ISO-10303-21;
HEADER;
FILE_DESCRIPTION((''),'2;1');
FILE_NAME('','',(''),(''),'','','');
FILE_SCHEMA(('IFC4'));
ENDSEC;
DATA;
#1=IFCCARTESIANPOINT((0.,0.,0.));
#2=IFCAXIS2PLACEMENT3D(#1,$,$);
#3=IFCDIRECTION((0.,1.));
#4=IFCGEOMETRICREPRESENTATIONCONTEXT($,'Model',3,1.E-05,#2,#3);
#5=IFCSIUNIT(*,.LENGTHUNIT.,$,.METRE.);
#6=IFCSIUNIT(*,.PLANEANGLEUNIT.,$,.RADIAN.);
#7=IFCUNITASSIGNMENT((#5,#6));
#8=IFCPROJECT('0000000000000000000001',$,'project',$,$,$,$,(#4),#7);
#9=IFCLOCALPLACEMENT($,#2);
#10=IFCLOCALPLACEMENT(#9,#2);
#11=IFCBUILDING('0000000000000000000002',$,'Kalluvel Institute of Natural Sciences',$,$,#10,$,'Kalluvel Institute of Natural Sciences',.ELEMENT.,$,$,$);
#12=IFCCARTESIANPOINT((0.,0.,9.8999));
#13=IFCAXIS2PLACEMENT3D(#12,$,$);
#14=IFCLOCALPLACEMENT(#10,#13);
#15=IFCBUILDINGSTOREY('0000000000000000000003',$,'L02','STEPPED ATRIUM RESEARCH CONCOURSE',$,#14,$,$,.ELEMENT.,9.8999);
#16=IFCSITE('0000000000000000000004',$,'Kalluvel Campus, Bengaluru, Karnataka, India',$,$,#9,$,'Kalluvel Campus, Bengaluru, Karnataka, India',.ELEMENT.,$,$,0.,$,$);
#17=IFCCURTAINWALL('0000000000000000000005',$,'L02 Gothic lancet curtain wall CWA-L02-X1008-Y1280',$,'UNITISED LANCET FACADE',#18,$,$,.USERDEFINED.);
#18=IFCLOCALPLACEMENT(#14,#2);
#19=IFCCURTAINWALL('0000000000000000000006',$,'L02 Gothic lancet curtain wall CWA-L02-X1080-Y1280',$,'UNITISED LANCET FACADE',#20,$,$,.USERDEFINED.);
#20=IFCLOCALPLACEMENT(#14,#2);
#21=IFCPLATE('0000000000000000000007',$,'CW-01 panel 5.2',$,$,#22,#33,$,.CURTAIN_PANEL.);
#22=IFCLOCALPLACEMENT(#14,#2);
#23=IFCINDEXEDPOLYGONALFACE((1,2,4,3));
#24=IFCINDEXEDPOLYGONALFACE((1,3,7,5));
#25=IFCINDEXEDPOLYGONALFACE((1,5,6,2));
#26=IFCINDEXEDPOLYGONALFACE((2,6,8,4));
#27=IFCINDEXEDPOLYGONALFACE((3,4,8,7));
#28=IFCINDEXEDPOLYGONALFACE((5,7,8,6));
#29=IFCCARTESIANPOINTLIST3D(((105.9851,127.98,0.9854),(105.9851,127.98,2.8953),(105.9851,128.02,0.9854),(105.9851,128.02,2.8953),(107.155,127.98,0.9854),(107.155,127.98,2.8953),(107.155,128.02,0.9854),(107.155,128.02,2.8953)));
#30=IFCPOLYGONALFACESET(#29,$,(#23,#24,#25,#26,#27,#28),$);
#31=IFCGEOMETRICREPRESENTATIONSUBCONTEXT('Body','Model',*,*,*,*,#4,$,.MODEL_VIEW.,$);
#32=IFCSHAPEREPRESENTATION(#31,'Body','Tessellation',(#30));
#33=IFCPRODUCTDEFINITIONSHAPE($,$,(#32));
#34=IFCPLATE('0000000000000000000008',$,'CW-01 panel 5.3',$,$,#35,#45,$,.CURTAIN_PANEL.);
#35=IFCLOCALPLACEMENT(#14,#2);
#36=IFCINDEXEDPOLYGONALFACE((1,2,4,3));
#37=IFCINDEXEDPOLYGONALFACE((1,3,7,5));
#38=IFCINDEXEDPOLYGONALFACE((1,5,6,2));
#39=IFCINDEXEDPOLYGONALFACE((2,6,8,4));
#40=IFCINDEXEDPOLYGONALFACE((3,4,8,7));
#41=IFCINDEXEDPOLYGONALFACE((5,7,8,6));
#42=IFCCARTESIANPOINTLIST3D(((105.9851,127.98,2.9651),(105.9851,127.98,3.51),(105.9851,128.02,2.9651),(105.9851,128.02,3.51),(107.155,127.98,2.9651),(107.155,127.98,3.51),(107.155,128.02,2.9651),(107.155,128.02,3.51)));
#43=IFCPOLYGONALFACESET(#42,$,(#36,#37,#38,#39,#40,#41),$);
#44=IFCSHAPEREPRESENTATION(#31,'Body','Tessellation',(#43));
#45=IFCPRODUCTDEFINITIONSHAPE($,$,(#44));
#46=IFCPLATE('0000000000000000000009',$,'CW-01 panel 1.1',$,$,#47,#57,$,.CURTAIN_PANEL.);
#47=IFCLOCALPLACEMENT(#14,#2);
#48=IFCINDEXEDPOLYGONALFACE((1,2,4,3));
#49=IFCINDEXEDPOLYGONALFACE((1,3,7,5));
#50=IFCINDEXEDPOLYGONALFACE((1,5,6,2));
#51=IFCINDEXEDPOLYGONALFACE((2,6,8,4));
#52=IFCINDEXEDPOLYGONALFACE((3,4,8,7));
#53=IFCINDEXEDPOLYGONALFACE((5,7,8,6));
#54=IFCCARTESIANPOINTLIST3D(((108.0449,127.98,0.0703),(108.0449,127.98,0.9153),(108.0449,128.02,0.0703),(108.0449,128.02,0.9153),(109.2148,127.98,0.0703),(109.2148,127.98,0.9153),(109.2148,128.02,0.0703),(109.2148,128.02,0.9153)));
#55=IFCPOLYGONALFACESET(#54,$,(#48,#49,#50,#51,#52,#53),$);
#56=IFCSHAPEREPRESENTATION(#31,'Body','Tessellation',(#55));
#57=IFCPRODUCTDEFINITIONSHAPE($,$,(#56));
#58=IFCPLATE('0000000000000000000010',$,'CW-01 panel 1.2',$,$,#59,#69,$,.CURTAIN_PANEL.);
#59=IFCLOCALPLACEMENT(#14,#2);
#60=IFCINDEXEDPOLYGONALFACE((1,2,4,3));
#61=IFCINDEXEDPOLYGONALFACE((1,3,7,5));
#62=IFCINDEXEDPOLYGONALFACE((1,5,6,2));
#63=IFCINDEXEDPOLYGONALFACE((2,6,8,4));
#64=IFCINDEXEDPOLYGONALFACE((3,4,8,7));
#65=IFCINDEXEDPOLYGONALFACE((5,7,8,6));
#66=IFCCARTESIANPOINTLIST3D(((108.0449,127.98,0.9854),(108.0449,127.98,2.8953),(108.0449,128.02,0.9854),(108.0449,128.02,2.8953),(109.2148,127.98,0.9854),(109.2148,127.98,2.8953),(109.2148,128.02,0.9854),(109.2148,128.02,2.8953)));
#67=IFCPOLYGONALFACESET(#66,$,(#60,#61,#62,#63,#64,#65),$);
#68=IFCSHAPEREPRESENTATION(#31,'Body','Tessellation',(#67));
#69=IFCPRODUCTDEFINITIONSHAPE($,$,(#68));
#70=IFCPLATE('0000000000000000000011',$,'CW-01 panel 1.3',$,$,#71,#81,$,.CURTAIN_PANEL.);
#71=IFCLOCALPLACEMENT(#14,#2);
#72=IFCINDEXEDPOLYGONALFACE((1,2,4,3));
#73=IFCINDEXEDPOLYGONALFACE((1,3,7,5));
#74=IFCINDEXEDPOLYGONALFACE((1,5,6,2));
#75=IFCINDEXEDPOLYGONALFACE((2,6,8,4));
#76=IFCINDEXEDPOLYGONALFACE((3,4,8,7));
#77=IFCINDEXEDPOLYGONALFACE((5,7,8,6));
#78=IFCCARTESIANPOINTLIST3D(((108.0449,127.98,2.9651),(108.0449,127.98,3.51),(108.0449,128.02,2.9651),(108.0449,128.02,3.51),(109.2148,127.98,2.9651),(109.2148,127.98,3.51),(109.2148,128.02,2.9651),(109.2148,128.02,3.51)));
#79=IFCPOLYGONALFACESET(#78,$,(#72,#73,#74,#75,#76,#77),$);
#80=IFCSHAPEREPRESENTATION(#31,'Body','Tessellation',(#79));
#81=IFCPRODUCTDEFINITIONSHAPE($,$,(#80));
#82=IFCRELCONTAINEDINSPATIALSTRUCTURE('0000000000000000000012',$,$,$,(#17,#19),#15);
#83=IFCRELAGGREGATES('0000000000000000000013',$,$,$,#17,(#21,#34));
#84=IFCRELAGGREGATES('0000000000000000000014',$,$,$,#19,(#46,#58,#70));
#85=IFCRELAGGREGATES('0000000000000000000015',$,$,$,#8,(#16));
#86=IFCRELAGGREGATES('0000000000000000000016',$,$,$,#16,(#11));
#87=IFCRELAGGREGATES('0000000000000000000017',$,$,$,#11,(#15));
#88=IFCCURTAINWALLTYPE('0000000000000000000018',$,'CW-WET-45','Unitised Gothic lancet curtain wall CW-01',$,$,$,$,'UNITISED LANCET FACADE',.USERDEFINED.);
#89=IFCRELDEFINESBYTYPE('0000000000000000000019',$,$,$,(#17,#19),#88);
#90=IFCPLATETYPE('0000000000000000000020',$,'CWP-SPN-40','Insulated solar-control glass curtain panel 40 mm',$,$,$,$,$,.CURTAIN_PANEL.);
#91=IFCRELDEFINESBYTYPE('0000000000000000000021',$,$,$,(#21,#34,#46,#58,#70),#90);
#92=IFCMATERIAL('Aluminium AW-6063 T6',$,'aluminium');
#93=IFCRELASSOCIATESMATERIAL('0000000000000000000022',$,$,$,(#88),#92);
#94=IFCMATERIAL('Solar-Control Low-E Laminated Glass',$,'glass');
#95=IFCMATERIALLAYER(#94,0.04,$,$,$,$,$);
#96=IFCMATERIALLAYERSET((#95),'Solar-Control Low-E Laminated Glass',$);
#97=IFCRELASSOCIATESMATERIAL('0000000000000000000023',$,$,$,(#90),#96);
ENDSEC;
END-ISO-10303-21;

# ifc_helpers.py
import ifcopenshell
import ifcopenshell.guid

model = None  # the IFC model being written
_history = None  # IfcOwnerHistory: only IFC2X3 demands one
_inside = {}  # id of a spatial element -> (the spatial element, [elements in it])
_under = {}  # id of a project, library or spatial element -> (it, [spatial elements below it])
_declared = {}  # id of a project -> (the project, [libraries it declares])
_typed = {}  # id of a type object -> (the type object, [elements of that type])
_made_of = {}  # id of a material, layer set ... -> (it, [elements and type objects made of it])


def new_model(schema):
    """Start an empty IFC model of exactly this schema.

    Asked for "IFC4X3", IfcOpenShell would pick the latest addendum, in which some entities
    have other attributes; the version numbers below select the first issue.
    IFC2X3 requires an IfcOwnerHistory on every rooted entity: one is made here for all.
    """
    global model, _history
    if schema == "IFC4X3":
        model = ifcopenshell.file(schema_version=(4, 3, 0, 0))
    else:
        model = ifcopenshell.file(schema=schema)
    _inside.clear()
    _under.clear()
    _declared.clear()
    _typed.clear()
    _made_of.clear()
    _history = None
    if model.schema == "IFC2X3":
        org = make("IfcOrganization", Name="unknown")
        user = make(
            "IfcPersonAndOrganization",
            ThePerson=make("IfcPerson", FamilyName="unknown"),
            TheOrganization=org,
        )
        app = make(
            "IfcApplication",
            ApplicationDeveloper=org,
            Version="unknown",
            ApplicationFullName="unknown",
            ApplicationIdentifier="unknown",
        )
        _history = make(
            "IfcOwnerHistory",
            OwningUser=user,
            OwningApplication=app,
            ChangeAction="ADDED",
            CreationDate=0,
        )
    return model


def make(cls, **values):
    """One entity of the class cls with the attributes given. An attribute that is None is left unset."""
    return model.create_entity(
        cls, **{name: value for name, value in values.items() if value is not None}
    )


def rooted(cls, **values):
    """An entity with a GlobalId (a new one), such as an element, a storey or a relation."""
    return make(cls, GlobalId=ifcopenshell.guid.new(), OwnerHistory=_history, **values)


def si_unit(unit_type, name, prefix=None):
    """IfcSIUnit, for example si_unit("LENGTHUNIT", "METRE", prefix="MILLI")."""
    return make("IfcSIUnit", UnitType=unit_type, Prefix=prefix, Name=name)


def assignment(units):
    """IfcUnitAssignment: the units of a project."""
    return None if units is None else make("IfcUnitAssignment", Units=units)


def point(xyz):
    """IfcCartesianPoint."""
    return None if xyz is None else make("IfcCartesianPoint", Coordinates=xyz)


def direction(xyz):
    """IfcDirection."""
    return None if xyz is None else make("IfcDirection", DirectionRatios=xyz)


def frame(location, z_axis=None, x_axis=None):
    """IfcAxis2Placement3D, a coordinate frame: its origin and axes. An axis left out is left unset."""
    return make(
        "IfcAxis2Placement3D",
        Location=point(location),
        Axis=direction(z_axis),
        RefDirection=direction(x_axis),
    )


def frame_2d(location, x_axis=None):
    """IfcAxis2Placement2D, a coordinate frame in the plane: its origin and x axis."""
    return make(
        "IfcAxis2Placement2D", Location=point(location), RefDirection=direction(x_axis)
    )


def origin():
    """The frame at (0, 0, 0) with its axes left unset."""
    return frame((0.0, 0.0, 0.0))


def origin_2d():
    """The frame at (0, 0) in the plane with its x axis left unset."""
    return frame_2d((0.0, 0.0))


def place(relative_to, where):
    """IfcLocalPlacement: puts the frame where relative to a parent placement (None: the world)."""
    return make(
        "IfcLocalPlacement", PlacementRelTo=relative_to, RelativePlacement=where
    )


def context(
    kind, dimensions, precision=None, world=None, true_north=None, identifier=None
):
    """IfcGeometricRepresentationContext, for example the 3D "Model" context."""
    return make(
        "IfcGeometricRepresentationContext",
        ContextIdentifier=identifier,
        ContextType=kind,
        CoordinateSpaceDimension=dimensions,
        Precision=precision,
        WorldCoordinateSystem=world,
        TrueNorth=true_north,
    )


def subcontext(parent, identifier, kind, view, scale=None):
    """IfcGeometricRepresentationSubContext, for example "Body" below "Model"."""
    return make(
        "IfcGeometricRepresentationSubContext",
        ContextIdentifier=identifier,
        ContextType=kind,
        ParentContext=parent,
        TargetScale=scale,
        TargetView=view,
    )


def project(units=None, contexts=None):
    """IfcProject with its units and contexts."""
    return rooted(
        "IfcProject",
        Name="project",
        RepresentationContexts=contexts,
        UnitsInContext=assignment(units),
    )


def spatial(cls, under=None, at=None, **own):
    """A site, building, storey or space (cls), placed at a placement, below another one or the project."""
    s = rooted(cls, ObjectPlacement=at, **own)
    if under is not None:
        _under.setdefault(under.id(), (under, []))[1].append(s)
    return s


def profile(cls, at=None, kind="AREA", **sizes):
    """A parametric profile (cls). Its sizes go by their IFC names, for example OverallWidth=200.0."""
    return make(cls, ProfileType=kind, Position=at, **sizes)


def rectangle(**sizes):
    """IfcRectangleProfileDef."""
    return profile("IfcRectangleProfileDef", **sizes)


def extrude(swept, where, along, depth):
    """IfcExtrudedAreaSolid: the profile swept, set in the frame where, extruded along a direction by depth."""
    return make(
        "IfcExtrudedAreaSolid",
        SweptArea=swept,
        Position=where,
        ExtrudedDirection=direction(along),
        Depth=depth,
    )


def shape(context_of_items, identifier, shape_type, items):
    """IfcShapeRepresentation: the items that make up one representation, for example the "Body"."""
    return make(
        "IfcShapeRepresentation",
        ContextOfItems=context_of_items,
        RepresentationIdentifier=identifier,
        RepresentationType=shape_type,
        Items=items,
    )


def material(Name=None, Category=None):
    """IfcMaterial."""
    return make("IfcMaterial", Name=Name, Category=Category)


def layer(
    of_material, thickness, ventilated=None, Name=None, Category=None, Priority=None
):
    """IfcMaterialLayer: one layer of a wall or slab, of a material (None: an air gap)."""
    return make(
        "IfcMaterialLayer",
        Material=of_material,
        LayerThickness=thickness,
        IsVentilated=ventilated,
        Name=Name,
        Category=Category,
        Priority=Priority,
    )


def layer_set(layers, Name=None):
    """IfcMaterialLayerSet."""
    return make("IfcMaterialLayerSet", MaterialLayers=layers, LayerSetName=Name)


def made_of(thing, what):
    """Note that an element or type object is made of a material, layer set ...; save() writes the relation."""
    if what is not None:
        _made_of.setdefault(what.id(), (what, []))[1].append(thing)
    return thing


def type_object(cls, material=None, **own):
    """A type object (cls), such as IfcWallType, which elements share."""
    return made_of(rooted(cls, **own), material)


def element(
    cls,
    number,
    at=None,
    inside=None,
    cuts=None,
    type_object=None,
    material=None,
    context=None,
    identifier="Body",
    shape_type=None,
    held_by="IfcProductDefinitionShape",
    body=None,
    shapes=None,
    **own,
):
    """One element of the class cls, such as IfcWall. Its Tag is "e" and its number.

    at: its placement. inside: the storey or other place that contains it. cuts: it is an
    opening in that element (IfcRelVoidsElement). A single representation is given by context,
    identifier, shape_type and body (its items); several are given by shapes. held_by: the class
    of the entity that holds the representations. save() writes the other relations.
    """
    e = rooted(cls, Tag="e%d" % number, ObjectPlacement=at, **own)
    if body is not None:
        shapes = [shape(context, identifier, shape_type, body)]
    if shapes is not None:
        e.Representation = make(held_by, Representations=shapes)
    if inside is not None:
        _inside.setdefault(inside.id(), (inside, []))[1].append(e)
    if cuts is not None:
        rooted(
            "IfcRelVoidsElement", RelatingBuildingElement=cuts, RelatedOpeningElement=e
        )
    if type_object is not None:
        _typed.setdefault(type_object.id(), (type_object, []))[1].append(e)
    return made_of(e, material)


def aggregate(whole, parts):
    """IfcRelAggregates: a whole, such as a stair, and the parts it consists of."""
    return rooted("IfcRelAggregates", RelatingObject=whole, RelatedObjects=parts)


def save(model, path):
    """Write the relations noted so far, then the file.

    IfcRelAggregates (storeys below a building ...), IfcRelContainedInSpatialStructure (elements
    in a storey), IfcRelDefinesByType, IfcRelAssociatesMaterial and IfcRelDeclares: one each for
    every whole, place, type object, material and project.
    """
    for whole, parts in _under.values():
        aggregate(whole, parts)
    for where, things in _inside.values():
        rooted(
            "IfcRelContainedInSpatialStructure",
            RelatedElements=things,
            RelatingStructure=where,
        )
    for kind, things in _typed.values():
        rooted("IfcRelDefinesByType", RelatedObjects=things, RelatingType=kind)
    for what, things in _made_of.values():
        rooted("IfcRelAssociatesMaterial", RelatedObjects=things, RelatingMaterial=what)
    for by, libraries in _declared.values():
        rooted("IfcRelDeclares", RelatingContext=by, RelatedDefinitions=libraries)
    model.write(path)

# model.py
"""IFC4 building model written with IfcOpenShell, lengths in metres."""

from ifc_helpers import new_model, si_unit, direction, frame, origin, origin_2d, place, context, subcontext, project, spatial, rectangle, extrude, material, layer, layer_set, type_object, element, aggregate, save


model = new_model("IFC4")

# Units and contexts
model_context = context("Model", 3, precision=1e-05, world=origin(), true_north=direction((0.0, 1.0)))
body_context = subcontext(model_context, "Body", "Model", "MODEL_VIEW")
ifc_project = project(units=[si_unit("LENGTHUNIT", "METRE"), si_unit("PLANEANGLEUNIT", "RADIAN")], contexts=[model_context])

# Site, building, storey
site_placement = place(None, origin())
site = spatial("IfcSite", under=ifc_project, at=site_placement, Name="Kalluvel Campus, Bengaluru, Karnataka, India", LongName="Kalluvel Campus, Bengaluru, Karnataka, India", CompositionType="ELEMENT", RefElevation=0.0)
building_placement = place(site_placement, origin())
building = spatial("IfcBuilding", under=site, at=building_placement, Name="Kalluvel Institute of Natural Sciences", LongName="Kalluvel Institute of Natural Sciences", CompositionType="ELEMENT")
storey_placement = place(building_placement, frame((0.0, 0.0, 9.8999)))
storey = spatial("IfcBuildingStorey", under=building, at=storey_placement, Name="L02", Description="STEPPED ATRIUM RESEARCH CONCOURSE", CompositionType="ELEMENT", Elevation=9.8999)

# Curtain walls
ifc_material_1 = material(Name="Aluminium AW-6063 T6", Category="aluminium")
curtain_wall_type = type_object("IfcCurtainWallType", Name="CW-WET-45", Description="Unitised Gothic lancet curtain wall CW-01", ElementType="UNITISED LANCET FACADE", PredefinedType="USERDEFINED", material=ifc_material_1)
curtain_wall_1_placement = place(storey_placement, origin())
curtain_wall_1 = element("IfcCurtainWall", 1, at=curtain_wall_1_placement, inside=storey, type_object=curtain_wall_type, Name="L02 Gothic lancet curtain wall CWA-L02-X1008-Y1280", ObjectType="UNITISED LANCET FACADE", PredefinedType="USERDEFINED")
curtain_wall_2_placement = place(storey_placement, origin())
curtain_wall_2 = element("IfcCurtainWall", 2, at=curtain_wall_2_placement, inside=storey, type_object=curtain_wall_type, Name="L02 Gothic lancet curtain wall CWA-L02-X1080-Y1280", ObjectType="UNITISED LANCET FACADE", PredefinedType="USERDEFINED")

# Plates
ifc_material_2 = material(Name="Solar-Control Low-E Laminated Glass", Category="glass")
ifc_layer = layer(ifc_material_2, 0.04)
ifc_layer_set = layer_set([ifc_layer], Name="Solar-Control Low-E Laminated Glass")
plate_type = type_object("IfcPlateType", Name="CWP-SPN-40", Description="Insulated solar-control glass curtain panel 40 mm", PredefinedType="CURTAIN_PANEL", material=ifc_layer_set)
plate_1_placement = place(storey_placement, frame((106.5701, 128.0, 0.9854), z_axis=(0.0, 0.0, 1.0), x_axis=(1.0, 0.0, 0.0)))
plate_1 = element("IfcPlate", 3, at=plate_1_placement, type_object=plate_type, Name="CW-01 panel 5.2", PredefinedType="CURTAIN_PANEL", context=body_context, shape_type="SweptSolid", body=[
    extrude(rectangle(XDim=1.1699, YDim=0.04, at=origin_2d()), origin(), (0.0, 0.0, 1.0), 1.9099),
])
plate_2_placement = place(storey_placement, frame((106.5701, 128.0, 2.9651), z_axis=(0.0, 0.0, 1.0), x_axis=(1.0, 0.0, 0.0)))
plate_2 = element("IfcPlate", 4, at=plate_2_placement, type_object=plate_type, Name="CW-01 panel 5.3", PredefinedType="CURTAIN_PANEL", context=body_context, shape_type="SweptSolid", body=[
    extrude(rectangle(XDim=1.1699, YDim=0.04, at=origin_2d()), origin(), (0.0, 0.0, 1.0), 0.5449),
])
aggregate(curtain_wall_1, [plate_1, plate_2])
plate_3_placement = place(storey_placement, frame((108.6299, 128.0, 0.0703), z_axis=(0.0, 0.0, 1.0), x_axis=(1.0, 0.0, 0.0)))
plate_3 = element("IfcPlate", 5, at=plate_3_placement, type_object=plate_type, Name="CW-01 panel 1.1", PredefinedType="CURTAIN_PANEL", context=body_context, shape_type="SweptSolid", body=[
    extrude(rectangle(XDim=1.1699, YDim=0.04, at=origin_2d()), origin(), (0.0, 0.0, 1.0), 0.845),
])
plate_4_placement = place(storey_placement, frame((108.6299, 128.0, 0.9854), z_axis=(0.0, 0.0, 1.0), x_axis=(1.0, 0.0, 0.0)))
plate_4 = element("IfcPlate", 6, at=plate_4_placement, type_object=plate_type, Name="CW-01 panel 1.2", PredefinedType="CURTAIN_PANEL", context=body_context, shape_type="SweptSolid", body=[
    extrude(rectangle(XDim=1.1699, YDim=0.04, at=origin_2d()), origin(), (0.0, 0.0, 1.0), 1.9099),
])
plate_5_placement = place(storey_placement, frame((108.6299, 128.0, 2.9651), z_axis=(0.0, 0.0, 1.0), x_axis=(1.0, 0.0, 0.0)))
plate_5 = element("IfcPlate", 7, at=plate_5_placement, type_object=plate_type, Name="CW-01 panel 1.3", PredefinedType="CURTAIN_PANEL", context=body_context, shape_type="SweptSolid", body=[
    extrude(rectangle(XDim=1.1699, YDim=0.04, at=origin_2d()), origin(), (0.0, 0.0, 1.0), 0.5449),
])
aggregate(curtain_wall_2, [plate_3, plate_4, plate_5])

save(model, "model.ifc")
